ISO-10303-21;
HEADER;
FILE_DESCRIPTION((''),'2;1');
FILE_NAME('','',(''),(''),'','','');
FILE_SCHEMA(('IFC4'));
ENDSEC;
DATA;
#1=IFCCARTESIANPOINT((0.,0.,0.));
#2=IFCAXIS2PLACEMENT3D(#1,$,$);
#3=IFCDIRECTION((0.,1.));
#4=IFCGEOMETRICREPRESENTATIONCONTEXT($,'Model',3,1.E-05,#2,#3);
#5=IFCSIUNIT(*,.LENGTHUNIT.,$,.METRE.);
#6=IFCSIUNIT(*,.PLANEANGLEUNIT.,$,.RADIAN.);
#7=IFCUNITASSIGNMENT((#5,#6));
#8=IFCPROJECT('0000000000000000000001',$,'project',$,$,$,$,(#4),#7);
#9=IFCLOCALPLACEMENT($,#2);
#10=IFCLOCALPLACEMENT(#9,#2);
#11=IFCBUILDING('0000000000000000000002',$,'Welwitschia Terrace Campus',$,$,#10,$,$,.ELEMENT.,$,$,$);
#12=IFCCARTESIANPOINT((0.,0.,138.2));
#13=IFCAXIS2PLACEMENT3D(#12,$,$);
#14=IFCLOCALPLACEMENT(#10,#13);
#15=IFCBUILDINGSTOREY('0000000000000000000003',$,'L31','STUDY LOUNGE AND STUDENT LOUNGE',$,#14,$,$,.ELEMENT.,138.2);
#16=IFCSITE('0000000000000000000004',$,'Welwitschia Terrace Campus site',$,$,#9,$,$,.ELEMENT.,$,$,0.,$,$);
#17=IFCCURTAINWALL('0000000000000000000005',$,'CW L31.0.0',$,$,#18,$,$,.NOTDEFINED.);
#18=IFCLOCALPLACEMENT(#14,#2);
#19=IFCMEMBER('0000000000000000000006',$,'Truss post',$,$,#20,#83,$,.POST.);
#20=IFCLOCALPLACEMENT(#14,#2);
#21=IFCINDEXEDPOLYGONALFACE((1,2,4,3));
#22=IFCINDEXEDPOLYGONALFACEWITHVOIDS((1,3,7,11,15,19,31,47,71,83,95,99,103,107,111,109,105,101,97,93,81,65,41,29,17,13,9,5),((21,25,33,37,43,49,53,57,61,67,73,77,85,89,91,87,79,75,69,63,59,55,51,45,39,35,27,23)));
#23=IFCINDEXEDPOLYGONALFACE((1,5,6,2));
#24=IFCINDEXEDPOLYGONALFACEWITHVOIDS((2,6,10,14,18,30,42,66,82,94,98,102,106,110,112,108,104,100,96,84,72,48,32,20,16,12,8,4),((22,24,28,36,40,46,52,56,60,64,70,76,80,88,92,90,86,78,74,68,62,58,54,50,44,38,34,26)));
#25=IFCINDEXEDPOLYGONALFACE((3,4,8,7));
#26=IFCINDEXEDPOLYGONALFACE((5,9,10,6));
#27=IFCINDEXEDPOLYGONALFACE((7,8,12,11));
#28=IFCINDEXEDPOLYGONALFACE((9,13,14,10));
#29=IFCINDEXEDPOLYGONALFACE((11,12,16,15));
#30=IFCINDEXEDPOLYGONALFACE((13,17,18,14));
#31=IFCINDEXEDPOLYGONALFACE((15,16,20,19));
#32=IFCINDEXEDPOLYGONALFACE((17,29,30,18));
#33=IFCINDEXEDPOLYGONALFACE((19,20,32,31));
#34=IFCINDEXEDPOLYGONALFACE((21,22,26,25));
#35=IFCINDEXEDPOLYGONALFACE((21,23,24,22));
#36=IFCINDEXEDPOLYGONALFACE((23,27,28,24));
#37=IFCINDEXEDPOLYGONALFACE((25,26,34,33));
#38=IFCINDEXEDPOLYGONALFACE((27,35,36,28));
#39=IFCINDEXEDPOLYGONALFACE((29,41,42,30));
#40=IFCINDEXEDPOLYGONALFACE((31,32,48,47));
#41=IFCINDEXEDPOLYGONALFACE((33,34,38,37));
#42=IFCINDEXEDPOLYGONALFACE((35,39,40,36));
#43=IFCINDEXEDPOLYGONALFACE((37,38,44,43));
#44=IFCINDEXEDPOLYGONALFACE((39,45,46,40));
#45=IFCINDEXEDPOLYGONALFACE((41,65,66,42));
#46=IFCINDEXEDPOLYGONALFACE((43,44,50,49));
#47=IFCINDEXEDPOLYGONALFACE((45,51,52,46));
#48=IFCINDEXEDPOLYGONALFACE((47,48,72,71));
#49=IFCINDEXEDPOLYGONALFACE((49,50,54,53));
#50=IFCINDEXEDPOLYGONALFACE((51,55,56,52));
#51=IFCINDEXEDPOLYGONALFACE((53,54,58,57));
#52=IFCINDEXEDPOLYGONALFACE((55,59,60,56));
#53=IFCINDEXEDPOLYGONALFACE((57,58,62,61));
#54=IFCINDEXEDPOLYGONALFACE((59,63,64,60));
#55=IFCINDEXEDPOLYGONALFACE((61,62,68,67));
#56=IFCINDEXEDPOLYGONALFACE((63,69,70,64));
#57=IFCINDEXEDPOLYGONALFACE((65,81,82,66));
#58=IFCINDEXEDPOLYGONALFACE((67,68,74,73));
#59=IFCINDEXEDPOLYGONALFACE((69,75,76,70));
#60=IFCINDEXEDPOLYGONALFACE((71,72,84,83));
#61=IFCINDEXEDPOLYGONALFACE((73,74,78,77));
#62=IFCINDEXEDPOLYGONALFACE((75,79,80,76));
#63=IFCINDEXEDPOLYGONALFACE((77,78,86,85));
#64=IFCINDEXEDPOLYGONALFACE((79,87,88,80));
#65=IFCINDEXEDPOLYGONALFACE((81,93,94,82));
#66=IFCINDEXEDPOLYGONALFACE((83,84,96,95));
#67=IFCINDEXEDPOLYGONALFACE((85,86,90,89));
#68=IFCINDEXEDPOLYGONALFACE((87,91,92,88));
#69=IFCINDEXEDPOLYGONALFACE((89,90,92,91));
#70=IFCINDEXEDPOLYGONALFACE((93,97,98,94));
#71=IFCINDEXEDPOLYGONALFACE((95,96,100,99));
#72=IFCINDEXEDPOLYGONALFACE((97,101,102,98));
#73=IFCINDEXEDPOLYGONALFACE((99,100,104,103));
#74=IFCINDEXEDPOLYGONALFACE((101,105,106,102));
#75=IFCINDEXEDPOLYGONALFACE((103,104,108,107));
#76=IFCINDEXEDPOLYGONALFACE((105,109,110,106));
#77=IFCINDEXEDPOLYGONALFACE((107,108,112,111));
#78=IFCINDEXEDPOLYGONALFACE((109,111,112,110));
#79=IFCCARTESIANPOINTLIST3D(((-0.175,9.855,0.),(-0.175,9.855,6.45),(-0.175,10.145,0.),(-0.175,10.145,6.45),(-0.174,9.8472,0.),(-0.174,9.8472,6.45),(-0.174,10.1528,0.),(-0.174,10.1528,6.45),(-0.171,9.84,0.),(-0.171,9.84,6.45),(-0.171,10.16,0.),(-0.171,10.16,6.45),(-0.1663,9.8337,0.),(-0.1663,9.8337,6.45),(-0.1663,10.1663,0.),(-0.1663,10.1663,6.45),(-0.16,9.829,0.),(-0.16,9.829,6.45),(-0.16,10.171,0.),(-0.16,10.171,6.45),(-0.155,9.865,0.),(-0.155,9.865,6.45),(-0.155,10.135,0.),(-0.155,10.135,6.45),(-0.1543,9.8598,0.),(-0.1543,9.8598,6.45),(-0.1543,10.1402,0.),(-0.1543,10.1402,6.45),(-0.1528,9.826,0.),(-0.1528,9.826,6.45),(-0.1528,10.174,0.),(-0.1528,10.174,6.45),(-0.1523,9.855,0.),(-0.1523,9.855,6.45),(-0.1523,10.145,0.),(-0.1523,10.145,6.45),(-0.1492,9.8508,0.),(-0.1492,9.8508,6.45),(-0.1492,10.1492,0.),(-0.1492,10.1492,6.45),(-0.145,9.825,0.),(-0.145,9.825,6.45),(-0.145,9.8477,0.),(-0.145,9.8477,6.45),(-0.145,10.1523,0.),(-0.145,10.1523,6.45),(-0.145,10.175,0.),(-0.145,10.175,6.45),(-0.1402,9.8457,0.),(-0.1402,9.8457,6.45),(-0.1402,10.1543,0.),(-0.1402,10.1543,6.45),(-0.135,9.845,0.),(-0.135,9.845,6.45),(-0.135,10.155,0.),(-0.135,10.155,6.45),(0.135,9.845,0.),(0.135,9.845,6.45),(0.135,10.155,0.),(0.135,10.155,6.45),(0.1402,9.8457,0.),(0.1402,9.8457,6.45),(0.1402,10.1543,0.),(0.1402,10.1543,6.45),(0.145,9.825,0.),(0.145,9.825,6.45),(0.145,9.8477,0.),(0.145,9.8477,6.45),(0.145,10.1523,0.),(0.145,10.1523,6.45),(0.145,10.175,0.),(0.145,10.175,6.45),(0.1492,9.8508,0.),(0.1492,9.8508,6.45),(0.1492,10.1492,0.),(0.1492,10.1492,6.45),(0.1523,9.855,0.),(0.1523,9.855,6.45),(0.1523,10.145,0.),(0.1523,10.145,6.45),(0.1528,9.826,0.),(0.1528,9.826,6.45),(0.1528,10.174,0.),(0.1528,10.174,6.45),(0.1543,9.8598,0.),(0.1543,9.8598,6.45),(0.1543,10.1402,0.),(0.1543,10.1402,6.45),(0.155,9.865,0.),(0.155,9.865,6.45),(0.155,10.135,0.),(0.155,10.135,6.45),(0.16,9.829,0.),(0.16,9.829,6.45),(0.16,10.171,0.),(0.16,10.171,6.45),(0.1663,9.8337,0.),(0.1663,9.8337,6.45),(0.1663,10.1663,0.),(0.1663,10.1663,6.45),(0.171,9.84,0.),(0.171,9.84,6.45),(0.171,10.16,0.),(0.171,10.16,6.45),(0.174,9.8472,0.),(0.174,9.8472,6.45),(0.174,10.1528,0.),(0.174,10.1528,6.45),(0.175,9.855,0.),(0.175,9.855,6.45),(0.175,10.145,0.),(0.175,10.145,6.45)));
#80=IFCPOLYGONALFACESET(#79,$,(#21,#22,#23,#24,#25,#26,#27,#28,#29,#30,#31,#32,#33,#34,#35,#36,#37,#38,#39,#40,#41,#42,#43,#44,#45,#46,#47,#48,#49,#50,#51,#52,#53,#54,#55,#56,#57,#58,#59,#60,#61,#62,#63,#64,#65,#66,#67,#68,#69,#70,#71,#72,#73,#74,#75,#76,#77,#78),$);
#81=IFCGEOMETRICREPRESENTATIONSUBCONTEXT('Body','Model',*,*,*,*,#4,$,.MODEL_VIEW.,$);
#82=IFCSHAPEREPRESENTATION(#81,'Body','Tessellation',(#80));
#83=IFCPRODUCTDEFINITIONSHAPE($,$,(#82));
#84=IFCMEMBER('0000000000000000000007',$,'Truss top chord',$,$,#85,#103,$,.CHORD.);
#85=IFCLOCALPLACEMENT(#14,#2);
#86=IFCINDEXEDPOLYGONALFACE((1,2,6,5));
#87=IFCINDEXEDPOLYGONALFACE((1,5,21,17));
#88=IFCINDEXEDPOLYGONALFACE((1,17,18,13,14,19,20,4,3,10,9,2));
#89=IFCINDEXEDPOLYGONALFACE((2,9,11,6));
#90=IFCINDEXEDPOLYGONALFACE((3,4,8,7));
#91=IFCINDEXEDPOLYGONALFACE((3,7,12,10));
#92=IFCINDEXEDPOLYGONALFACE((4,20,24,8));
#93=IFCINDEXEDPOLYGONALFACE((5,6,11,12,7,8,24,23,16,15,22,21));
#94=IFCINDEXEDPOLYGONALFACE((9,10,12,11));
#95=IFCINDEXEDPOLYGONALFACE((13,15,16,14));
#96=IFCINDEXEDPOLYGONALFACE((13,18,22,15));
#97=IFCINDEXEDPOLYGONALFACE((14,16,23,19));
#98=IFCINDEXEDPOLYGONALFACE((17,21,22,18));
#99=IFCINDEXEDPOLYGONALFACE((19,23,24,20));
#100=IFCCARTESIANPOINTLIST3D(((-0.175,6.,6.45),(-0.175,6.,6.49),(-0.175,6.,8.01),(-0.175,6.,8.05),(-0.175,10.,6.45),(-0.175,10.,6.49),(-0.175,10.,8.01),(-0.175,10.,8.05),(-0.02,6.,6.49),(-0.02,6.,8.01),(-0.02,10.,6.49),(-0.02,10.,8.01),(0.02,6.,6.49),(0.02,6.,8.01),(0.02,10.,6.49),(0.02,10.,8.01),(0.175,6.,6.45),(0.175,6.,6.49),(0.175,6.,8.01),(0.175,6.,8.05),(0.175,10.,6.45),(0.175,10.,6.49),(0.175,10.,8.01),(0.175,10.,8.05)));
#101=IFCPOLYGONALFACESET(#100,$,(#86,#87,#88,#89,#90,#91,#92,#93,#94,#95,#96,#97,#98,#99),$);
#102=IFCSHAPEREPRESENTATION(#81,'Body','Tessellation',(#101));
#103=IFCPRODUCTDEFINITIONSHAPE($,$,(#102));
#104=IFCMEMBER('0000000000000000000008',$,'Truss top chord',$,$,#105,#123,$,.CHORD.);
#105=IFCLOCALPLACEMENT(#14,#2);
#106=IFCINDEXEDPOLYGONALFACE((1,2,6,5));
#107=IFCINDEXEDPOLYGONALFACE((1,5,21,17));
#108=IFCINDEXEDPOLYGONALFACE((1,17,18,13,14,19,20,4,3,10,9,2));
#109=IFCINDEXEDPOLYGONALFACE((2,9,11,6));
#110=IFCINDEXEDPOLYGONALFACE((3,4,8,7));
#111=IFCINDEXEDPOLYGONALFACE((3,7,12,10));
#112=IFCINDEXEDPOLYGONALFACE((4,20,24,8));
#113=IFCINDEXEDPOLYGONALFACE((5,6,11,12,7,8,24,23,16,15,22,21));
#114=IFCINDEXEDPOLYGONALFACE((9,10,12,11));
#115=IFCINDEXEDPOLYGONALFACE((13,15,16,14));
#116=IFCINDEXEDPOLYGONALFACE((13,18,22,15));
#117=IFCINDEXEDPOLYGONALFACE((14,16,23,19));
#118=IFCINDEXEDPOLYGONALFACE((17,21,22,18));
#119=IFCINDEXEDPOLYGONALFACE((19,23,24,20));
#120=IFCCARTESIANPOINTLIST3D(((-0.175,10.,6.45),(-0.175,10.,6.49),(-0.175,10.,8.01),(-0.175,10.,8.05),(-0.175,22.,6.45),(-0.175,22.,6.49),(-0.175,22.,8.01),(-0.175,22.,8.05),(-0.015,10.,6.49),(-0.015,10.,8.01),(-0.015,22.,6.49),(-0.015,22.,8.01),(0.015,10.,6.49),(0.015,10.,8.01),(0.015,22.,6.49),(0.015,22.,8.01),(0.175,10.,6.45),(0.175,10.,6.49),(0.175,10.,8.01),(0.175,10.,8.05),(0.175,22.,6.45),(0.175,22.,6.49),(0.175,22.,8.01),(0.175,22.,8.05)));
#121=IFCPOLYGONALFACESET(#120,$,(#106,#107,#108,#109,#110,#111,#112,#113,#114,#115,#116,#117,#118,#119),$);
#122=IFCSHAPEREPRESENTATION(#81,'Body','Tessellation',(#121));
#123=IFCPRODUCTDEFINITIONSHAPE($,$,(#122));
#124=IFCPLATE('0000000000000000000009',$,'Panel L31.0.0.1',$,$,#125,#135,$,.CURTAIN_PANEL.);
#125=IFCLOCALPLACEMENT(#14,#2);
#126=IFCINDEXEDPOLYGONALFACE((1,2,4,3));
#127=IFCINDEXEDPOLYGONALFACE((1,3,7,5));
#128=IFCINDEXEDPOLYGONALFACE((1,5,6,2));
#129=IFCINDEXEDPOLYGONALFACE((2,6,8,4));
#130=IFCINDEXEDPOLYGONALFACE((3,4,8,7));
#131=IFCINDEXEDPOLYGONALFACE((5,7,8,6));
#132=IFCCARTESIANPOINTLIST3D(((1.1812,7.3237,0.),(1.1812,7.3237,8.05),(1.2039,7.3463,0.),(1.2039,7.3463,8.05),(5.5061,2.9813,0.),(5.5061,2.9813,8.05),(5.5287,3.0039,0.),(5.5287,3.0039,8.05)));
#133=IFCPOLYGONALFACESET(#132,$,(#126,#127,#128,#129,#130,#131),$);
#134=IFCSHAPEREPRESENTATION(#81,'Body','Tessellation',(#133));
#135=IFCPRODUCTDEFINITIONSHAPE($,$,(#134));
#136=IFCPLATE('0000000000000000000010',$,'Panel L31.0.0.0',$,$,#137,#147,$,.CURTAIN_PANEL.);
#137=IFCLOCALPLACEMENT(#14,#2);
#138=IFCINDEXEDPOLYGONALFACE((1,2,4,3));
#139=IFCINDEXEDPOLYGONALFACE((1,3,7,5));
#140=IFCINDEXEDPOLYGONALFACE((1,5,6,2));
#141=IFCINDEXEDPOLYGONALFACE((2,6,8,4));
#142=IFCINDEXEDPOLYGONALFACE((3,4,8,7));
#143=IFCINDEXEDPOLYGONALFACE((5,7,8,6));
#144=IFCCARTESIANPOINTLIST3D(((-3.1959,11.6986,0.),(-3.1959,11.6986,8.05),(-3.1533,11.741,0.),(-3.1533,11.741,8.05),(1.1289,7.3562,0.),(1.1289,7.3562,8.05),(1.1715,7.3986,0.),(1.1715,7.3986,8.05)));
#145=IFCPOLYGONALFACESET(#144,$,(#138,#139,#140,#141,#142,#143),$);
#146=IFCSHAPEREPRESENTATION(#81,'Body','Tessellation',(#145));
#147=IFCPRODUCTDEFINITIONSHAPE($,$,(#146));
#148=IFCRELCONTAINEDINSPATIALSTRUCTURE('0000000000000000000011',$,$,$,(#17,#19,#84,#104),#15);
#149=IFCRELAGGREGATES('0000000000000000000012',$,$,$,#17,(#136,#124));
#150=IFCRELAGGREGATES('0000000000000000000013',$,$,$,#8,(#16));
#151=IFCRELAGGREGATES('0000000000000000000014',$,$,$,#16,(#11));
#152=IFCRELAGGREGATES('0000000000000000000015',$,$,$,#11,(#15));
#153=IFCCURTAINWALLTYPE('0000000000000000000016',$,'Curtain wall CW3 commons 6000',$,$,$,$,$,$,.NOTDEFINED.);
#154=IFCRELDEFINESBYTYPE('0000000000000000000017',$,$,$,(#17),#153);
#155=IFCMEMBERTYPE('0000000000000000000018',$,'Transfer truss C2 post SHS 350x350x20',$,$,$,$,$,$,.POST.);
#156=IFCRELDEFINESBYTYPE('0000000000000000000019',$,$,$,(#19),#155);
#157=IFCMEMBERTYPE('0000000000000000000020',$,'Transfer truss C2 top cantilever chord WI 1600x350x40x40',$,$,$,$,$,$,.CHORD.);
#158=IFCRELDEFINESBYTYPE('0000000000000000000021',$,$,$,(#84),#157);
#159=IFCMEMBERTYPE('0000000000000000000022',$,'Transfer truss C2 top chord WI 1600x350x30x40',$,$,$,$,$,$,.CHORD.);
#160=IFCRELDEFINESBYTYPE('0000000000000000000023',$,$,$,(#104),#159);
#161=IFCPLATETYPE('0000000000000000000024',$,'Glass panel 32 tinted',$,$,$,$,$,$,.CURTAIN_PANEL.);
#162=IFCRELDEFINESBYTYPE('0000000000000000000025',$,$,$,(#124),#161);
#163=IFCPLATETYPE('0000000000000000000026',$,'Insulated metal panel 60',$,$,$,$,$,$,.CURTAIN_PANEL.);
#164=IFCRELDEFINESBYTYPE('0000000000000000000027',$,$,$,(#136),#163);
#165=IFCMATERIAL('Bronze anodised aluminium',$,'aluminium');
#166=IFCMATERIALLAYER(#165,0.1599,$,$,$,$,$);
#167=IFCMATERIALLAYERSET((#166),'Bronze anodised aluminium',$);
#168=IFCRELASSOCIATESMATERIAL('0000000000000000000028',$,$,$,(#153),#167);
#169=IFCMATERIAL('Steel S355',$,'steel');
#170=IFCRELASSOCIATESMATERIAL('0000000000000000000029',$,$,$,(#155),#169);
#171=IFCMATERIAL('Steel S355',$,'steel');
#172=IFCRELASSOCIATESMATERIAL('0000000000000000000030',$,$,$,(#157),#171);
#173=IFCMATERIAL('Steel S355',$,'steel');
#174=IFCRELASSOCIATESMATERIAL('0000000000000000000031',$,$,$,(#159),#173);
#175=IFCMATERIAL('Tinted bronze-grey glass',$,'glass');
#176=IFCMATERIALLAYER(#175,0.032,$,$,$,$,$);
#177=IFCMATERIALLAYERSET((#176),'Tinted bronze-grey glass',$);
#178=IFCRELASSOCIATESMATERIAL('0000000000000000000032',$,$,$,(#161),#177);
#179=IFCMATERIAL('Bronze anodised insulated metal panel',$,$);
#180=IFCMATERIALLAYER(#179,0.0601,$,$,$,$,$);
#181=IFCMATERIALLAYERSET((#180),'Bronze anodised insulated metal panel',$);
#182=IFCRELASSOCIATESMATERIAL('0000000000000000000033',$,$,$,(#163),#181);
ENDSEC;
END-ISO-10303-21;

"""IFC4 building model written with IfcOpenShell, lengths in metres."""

from ifc_helpers import new_model, si_unit, direction, frame, origin, origin_2d, place, context, subcontext, project, spatial, rectangle, hollow_rectangle, i_section, extrude, material, layer, layer_set, material_profile, profile_set, type_object, element, aggregate, save


model = new_model("IFC4")

# Units and contexts
model_context = context("Model", 3, precision=1e-05, world=origin(), true_north=direction((0.0, 1.0)))
body_context = subcontext(model_context, "Body", "Model", "MODEL_VIEW")
ifc_project = project(units=[si_unit("LENGTHUNIT", "METRE"), si_unit("PLANEANGLEUNIT", "RADIAN")], contexts=[model_context])

# Site, building, storey
site_placement = place(None, origin())
site = spatial("IfcSite", under=ifc_project, at=site_placement, Name="Welwitschia Terrace Campus site", CompositionType="ELEMENT", RefElevation=0.0)
building_placement = place(site_placement, origin())
building = spatial("IfcBuilding", under=site, at=building_placement, Name="Welwitschia Terrace Campus", CompositionType="ELEMENT")
storey_placement = place(building_placement, frame((0.0, 0.0, 138.2)))
storey = spatial("IfcBuildingStorey", under=building, at=storey_placement, Name="L31", Description="STUDY LOUNGE AND STUDENT LOUNGE", CompositionType="ELEMENT", Elevation=138.2)

# Curtain wall
ifc_material_1 = material(Name="Bronze anodised aluminium", Category="aluminium")
ifc_layer_1 = layer(ifc_material_1, 0.1599)
ifc_layer_set_1 = layer_set([ifc_layer_1], Name="Bronze anodised aluminium")
curtain_wall_type = type_object("IfcCurtainWallType", Name="Curtain wall CW3 commons 6000", PredefinedType="NOTDEFINED", material=ifc_layer_set_1)
curtain_wall_placement = place(storey_placement, origin())
curtain_wall = element("IfcCurtainWall", 1, at=curtain_wall_placement, inside=storey, type_object=curtain_wall_type, Name="CW L31.0.0", PredefinedType="NOTDEFINED")

# Members
ifc_material_2 = material(Name="Steel S355", Category="steel")
ifc_material_profile_1 = material_profile(ifc_material_2, hollow_rectangle(XDim=0.3501, YDim=0.3501, WallThickness=0.02, InnerFilletRadius=0.02, OuterFilletRadius=0.03, at=origin_2d()))
ifc_profile_set_1 = profile_set([ifc_material_profile_1], Name="Steel S355")
member_type_1 = type_object("IfcMemberType", Name="Transfer truss C2 post SHS 350x350x20", PredefinedType="POST", material=ifc_profile_set_1)
for number, where, z_axis, x_axis, name in (
    (2, (0.0, 10.0, 0.0), (0.0, 0.0, 1.0), (1.0, 0.0, 0.0), "Truss post"),
):
    element("IfcMember", number, at=place(storey_placement, frame(where, z_axis=z_axis, x_axis=x_axis)), inside=storey, type_object=member_type_1, Name=name, PredefinedType="POST", context=body_context, shape_type="SweptSolid", body=[
        extrude(hollow_rectangle(XDim=0.3501, YDim=0.3501, WallThickness=0.02, InnerFilletRadius=0.02, OuterFilletRadius=0.03, at=origin_2d()), origin(), (0.0, 0.0, 1.0), 6.45),
    ])
ifc_material_3 = material(Name="Steel S355", Category="steel")
ifc_material_profile_2 = material_profile(ifc_material_3, i_section(OverallWidth=0.3501, OverallDepth=1.6001, WebThickness=0.04, FlangeThickness=0.04, at=origin_2d()))
ifc_profile_set_2 = profile_set([ifc_material_profile_2], Name="Steel S355")
member_type_2 = type_object("IfcMemberType", Name="Transfer truss C2 top cantilever chord WI 1600x350x40x40", PredefinedType="CHORD", material=ifc_profile_set_2)
member_1_placement = place(storey_placement, frame((0.0, 6.0, 7.25), z_axis=(0.0, 1.0, 0.0), x_axis=(-1.0, 0.0, 0.0)))
element("IfcMember", 3, at=member_1_placement, inside=storey, type_object=member_type_2, Name="Truss top chord", PredefinedType="CHORD", context=body_context, shape_type="SweptSolid", body=[
    extrude(i_section(OverallWidth=0.3501, OverallDepth=1.6001, WebThickness=0.04, FlangeThickness=0.04, at=origin_2d()), origin(), (0.0, 0.0, 1.0), 4.0),
])
ifc_material_4 = material(Name="Steel S355", Category="steel")
ifc_material_profile_3 = material_profile(ifc_material_4, i_section(OverallWidth=0.3501, OverallDepth=1.6001, WebThickness=0.03, FlangeThickness=0.04, at=origin_2d()))
ifc_profile_set_3 = profile_set([ifc_material_profile_3], Name="Steel S355")
member_type_3 = type_object("IfcMemberType", Name="Transfer truss C2 top chord WI 1600x350x30x40", PredefinedType="CHORD", material=ifc_profile_set_3)
member_2_placement = place(storey_placement, frame((0.0, 10.0, 7.25), z_axis=(0.0, 1.0, 0.0), x_axis=(-1.0, 0.0, 0.0)))
element("IfcMember", 4, at=member_2_placement, inside=storey, type_object=member_type_3, Name="Truss top chord", PredefinedType="CHORD", context=body_context, shape_type="SweptSolid", body=[
    extrude(i_section(OverallWidth=0.3501, OverallDepth=1.6001, WebThickness=0.03, FlangeThickness=0.04, at=origin_2d()), origin(), (0.0, 0.0, 1.0), 12.0),
])

# Plates
ifc_material_5 = material(Name="Tinted bronze-grey glass", Category="glass")
ifc_layer_2 = layer(ifc_material_5, 0.032)
ifc_layer_set_2 = layer_set([ifc_layer_2], Name="Tinted bronze-grey glass")
plate_type_1 = type_object("IfcPlateType", Name="Glass panel 32 tinted", PredefinedType="CURTAIN_PANEL", material=ifc_layer_set_2)
plate_1_placement = place(storey_placement, frame((3.355, 5.1638, 0.0), z_axis=(0.0, 0.0, 1.0), x_axis=(0.705668, -0.708542, 0.0)))
plate_1 = element("IfcPlate", 5, at=plate_1_placement, type_object=plate_type_1, Name="Panel L31.0.0.1", PredefinedType="CURTAIN_PANEL", context=body_context, shape_type="SweptSolid", body=[
    extrude(rectangle(XDim=6.1287, YDim=0.032, at=origin_2d()), origin(), (0.0, 0.0, 1.0), 8.05),
])
ifc_material_6 = material(Name="Bronze anodised insulated metal panel")
ifc_layer_3 = layer(ifc_material_6, 0.0601)
ifc_layer_set_3 = layer_set([ifc_layer_3], Name="Bronze anodised insulated metal panel")
plate_type_2 = type_object("IfcPlateType", Name="Insulated metal panel 60", PredefinedType="CURTAIN_PANEL", material=ifc_layer_set_3)
plate_2_placement = place(storey_placement, frame((-1.0122, 9.5486, 0.0), z_axis=(0.0, 0.0, 1.0), x_axis=(0.705668, -0.708542, 0.0)))
plate_2 = element("IfcPlate", 6, at=plate_2_placement, type_object=plate_type_2, Name="Panel L31.0.0.0", PredefinedType="CURTAIN_PANEL", context=body_context, shape_type="SweptSolid", body=[
    extrude(rectangle(XDim=6.1287, YDim=0.0601, at=origin_2d()), origin(), (0.0, 0.0, 1.0), 8.05),
])
aggregate(curtain_wall, [plate_2, plate_1])

save(model, "model.ifc")
